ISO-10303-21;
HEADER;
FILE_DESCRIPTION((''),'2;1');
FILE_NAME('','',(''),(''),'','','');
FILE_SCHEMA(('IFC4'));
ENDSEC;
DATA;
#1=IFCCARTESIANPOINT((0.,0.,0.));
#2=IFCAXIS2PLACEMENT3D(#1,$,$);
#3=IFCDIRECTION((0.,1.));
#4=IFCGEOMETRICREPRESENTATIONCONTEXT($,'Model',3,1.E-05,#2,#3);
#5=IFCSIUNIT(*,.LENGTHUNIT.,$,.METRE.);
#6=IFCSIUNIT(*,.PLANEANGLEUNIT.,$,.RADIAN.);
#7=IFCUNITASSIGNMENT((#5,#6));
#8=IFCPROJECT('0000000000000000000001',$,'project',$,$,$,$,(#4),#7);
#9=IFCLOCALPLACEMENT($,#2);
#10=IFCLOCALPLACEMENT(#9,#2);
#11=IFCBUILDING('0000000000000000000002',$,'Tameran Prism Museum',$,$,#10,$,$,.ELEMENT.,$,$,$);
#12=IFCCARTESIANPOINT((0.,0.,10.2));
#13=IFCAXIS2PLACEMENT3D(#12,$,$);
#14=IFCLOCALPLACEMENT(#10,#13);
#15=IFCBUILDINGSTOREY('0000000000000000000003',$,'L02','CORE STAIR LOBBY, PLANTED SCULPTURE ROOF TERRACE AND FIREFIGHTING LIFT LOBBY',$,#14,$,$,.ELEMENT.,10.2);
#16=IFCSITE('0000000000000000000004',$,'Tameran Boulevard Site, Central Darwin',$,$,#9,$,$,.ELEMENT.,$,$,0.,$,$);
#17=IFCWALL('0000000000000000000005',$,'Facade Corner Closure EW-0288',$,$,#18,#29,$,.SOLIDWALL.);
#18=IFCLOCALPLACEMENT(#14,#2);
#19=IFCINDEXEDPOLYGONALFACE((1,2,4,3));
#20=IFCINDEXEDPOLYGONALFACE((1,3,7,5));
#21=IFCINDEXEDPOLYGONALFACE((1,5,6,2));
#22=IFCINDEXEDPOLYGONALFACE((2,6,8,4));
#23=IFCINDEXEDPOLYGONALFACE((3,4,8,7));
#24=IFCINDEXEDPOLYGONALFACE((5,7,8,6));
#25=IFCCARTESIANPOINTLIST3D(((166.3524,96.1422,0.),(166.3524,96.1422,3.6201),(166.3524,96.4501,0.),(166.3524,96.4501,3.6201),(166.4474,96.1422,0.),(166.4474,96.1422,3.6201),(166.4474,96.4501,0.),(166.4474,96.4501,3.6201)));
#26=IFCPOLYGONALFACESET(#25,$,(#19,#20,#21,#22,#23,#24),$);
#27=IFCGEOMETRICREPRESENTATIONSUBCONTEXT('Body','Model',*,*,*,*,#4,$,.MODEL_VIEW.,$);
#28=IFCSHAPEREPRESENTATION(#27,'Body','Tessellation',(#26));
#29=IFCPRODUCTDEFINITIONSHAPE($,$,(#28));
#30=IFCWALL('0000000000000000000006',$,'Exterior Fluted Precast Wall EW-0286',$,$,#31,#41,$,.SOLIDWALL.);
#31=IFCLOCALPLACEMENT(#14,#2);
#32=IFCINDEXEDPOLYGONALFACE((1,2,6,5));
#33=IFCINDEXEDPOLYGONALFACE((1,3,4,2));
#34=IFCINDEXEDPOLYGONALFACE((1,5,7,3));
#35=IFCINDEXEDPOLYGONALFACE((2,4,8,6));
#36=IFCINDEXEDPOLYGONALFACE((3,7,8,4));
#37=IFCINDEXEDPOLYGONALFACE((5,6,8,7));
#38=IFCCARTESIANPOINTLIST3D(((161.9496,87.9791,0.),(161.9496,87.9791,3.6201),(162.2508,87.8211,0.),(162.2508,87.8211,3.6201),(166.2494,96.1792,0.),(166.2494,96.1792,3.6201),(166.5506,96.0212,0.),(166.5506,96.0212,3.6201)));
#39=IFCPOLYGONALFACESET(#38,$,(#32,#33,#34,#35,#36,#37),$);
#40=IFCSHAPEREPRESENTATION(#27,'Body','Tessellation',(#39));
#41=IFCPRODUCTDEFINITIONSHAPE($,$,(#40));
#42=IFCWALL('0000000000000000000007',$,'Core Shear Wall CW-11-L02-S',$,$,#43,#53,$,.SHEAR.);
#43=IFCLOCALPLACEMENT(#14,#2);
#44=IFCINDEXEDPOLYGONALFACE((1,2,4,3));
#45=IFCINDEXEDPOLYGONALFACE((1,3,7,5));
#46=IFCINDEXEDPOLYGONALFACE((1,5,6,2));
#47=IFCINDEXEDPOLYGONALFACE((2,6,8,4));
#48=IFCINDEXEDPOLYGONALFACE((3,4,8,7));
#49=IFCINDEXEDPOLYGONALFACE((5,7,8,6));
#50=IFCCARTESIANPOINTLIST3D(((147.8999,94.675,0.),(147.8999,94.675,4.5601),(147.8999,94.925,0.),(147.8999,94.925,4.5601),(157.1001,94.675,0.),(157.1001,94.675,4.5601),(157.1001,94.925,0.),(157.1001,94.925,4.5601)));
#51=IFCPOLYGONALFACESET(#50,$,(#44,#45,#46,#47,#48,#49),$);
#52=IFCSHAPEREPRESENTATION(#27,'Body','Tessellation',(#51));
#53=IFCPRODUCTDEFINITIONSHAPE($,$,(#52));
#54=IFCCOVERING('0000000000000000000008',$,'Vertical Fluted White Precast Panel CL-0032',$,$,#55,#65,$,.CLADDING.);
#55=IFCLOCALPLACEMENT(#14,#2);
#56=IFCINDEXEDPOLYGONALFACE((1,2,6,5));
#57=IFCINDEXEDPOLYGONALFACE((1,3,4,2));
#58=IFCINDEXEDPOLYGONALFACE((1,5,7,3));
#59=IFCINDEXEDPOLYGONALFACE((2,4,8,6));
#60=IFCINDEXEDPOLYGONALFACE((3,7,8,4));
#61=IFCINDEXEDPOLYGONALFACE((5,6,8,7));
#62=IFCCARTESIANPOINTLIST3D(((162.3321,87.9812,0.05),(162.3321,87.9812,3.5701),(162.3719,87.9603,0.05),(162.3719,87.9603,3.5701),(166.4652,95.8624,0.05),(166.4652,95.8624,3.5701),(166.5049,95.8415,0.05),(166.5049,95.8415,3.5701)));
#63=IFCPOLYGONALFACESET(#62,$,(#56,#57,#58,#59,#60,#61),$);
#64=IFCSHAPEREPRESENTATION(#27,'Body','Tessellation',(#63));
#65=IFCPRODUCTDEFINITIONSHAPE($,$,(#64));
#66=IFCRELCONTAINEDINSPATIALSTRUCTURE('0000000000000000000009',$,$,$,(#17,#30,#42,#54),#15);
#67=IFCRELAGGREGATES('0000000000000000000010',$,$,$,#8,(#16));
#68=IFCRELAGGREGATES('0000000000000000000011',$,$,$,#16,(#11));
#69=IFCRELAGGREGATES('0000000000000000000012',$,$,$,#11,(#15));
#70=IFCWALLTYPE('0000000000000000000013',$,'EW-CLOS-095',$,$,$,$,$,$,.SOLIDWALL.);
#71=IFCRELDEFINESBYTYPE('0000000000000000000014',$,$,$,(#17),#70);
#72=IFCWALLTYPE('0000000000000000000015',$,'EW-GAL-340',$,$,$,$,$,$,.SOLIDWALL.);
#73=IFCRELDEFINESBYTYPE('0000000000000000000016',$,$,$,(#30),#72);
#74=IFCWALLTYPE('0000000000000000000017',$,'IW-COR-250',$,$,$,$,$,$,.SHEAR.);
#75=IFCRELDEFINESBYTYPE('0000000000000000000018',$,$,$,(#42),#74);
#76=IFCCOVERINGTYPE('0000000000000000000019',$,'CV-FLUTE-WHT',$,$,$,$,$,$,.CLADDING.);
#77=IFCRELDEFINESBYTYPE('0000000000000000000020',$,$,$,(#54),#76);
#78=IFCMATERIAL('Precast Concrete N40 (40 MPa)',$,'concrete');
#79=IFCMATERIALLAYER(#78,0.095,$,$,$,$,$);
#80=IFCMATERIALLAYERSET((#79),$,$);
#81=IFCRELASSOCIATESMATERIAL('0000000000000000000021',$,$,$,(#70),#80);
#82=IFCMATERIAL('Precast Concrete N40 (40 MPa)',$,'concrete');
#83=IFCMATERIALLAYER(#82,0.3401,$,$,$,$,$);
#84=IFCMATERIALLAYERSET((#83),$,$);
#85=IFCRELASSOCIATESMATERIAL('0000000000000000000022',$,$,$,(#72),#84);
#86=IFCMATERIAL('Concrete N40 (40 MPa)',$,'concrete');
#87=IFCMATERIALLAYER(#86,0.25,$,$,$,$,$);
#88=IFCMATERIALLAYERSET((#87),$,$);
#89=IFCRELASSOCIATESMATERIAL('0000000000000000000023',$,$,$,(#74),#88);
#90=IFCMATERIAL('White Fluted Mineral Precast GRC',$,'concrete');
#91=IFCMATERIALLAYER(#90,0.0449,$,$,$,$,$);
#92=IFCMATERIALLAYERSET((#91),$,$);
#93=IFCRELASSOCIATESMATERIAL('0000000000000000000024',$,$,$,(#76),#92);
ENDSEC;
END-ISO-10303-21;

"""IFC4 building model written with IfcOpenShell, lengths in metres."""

from ifc_helpers import new_model, si_unit, direction, frame, frame_2d, origin, place, context, subcontext, project, spatial, rectangle, extrude, material, layer, layer_set, type_object, element, save


model = new_model("IFC4")

# Units and contexts
model_context = context("Model", 3, precision=1e-05, world=origin(), true_north=direction((0.0, 1.0)))
body_context = subcontext(model_context, "Body", "Model", "MODEL_VIEW")
ifc_project = project(units=[si_unit("LENGTHUNIT", "METRE"), si_unit("PLANEANGLEUNIT", "RADIAN")], contexts=[model_context])

# Site, building, storey
site_placement = place(None, origin())
site = spatial("IfcSite", under=ifc_project, at=site_placement, Name="Tameran Boulevard Site, Central Darwin", CompositionType="ELEMENT", RefElevation=0.0)
building_placement = place(site_placement, origin())
building = spatial("IfcBuilding", under=site, at=building_placement, Name="Tameran Prism Museum", CompositionType="ELEMENT")
storey_placement = place(building_placement, frame((0.0, 0.0, 10.2)))
storey = spatial("IfcBuildingStorey", under=building, at=storey_placement, Name="L02", Description="CORE STAIR LOBBY, PLANTED SCULPTURE ROOF TERRACE AND FIREFIGHTING LIFT LOBBY", CompositionType="ELEMENT", Elevation=10.2)

# Walls
ifc_material_1 = material(Name="Precast Concrete N40 (40 MPa)", Category="concrete")
ifc_layer_1 = layer(ifc_material_1, 0.095)
ifc_layer_set_1 = layer_set([ifc_layer_1])
wall_type_1 = type_object("IfcWallType", Name="EW-CLOS-095", PredefinedType="SOLIDWALL", material=ifc_layer_set_1)
wall_1_placement = place(storey_placement, frame((166.3999, 96.45, 0.0), z_axis=(0.0, 0.0, 1.0), x_axis=(0.0, -1.0, 0.0)))
element("IfcWall", 1, at=wall_1_placement, inside=storey, type_object=wall_type_1, Name="Facade Corner Closure EW-0288", PredefinedType="SOLIDWALL", context=body_context, shape_type="SweptSolid", body=[
    extrude(rectangle(XDim=0.3079, YDim=0.095, at=frame_2d((0.1538, 0.0))), origin(), (0.0, 0.0, 1.0), 3.6201),
])
ifc_material_2 = material(Name="Precast Concrete N40 (40 MPa)", Category="concrete")
ifc_layer_2 = layer(ifc_material_2, 0.3401)
ifc_layer_set_2 = layer_set([ifc_layer_2])
wall_type_2 = type_object("IfcWallType", Name="EW-GAL-340", PredefinedType="SOLIDWALL", material=ifc_layer_set_2)
wall_2_placement = place(storey_placement, frame((166.3999, 96.1001, 0.0), z_axis=(0.0, 0.0, 1.0), x_axis=(-0.464385, -0.885633, 0.0)))
element("IfcWall", 2, at=wall_2_placement, inside=storey, type_object=wall_type_2, Name="Exterior Fluted Precast Wall EW-0286", PredefinedType="SOLIDWALL", context=body_context, shape_type="SweptSolid", body=[
    extrude(rectangle(XDim=9.259, YDim=0.3401, at=frame_2d((4.6294, 0.0))), origin(), (0.0, 0.0, 1.0), 3.6201),
])
ifc_material_3 = material(Name="Concrete N40 (40 MPa)", Category="concrete")
ifc_layer_3 = layer(ifc_material_3, 0.25)
ifc_layer_set_3 = layer_set([ifc_layer_3])
wall_type_3 = type_object("IfcWallType", Name="IW-COR-250", PredefinedType="SHEAR", material=ifc_layer_set_3)
wall_3_placement = place(storey_placement, frame((157.1001, 94.8, 0.0), z_axis=(0.0, 0.0, 1.0), x_axis=(-1.0, 0.0, 0.0)))
element("IfcWall", 3, at=wall_3_placement, inside=storey, type_object=wall_type_3, Name="Core Shear Wall CW-11-L02-S", PredefinedType="SHEAR", context=body_context, shape_type="SweptSolid", body=[
    extrude(rectangle(XDim=9.2002, YDim=0.25, at=frame_2d((4.6001, 0.0))), origin(), (0.0, 0.0, 1.0), 4.5601),
])

# Covering
ifc_material_4 = material(Name="White Fluted Mineral Precast GRC", Category="concrete")
ifc_layer_4 = layer(ifc_material_4, 0.0449)
ifc_layer_set_4 = layer_set([ifc_layer_4])
covering_type = type_object("IfcCoveringType", Name="CV-FLUTE-WHT", PredefinedType="CLADDING", material=ifc_layer_set_4)
covering_placement = place(storey_placement, frame((166.4851, 95.8521, 0.05), z_axis=(0.0, 0.0, 1.0), x_axis=(-0.464435, -0.885607, 0.0)))
element("IfcCovering", 4, at=covering_placement, inside=storey, type_object=covering_type, Name="Vertical Fluted White Precast Panel CL-0032", PredefinedType="CLADDING", context=body_context, shape_type="SweptSolid", body=[
    extrude(rectangle(XDim=8.8992, YDim=0.0449, at=frame_2d((4.4497, 0.0))), origin(), (0.0, 0.0, 1.0), 3.52),
])

save(model, "model.ifc")
